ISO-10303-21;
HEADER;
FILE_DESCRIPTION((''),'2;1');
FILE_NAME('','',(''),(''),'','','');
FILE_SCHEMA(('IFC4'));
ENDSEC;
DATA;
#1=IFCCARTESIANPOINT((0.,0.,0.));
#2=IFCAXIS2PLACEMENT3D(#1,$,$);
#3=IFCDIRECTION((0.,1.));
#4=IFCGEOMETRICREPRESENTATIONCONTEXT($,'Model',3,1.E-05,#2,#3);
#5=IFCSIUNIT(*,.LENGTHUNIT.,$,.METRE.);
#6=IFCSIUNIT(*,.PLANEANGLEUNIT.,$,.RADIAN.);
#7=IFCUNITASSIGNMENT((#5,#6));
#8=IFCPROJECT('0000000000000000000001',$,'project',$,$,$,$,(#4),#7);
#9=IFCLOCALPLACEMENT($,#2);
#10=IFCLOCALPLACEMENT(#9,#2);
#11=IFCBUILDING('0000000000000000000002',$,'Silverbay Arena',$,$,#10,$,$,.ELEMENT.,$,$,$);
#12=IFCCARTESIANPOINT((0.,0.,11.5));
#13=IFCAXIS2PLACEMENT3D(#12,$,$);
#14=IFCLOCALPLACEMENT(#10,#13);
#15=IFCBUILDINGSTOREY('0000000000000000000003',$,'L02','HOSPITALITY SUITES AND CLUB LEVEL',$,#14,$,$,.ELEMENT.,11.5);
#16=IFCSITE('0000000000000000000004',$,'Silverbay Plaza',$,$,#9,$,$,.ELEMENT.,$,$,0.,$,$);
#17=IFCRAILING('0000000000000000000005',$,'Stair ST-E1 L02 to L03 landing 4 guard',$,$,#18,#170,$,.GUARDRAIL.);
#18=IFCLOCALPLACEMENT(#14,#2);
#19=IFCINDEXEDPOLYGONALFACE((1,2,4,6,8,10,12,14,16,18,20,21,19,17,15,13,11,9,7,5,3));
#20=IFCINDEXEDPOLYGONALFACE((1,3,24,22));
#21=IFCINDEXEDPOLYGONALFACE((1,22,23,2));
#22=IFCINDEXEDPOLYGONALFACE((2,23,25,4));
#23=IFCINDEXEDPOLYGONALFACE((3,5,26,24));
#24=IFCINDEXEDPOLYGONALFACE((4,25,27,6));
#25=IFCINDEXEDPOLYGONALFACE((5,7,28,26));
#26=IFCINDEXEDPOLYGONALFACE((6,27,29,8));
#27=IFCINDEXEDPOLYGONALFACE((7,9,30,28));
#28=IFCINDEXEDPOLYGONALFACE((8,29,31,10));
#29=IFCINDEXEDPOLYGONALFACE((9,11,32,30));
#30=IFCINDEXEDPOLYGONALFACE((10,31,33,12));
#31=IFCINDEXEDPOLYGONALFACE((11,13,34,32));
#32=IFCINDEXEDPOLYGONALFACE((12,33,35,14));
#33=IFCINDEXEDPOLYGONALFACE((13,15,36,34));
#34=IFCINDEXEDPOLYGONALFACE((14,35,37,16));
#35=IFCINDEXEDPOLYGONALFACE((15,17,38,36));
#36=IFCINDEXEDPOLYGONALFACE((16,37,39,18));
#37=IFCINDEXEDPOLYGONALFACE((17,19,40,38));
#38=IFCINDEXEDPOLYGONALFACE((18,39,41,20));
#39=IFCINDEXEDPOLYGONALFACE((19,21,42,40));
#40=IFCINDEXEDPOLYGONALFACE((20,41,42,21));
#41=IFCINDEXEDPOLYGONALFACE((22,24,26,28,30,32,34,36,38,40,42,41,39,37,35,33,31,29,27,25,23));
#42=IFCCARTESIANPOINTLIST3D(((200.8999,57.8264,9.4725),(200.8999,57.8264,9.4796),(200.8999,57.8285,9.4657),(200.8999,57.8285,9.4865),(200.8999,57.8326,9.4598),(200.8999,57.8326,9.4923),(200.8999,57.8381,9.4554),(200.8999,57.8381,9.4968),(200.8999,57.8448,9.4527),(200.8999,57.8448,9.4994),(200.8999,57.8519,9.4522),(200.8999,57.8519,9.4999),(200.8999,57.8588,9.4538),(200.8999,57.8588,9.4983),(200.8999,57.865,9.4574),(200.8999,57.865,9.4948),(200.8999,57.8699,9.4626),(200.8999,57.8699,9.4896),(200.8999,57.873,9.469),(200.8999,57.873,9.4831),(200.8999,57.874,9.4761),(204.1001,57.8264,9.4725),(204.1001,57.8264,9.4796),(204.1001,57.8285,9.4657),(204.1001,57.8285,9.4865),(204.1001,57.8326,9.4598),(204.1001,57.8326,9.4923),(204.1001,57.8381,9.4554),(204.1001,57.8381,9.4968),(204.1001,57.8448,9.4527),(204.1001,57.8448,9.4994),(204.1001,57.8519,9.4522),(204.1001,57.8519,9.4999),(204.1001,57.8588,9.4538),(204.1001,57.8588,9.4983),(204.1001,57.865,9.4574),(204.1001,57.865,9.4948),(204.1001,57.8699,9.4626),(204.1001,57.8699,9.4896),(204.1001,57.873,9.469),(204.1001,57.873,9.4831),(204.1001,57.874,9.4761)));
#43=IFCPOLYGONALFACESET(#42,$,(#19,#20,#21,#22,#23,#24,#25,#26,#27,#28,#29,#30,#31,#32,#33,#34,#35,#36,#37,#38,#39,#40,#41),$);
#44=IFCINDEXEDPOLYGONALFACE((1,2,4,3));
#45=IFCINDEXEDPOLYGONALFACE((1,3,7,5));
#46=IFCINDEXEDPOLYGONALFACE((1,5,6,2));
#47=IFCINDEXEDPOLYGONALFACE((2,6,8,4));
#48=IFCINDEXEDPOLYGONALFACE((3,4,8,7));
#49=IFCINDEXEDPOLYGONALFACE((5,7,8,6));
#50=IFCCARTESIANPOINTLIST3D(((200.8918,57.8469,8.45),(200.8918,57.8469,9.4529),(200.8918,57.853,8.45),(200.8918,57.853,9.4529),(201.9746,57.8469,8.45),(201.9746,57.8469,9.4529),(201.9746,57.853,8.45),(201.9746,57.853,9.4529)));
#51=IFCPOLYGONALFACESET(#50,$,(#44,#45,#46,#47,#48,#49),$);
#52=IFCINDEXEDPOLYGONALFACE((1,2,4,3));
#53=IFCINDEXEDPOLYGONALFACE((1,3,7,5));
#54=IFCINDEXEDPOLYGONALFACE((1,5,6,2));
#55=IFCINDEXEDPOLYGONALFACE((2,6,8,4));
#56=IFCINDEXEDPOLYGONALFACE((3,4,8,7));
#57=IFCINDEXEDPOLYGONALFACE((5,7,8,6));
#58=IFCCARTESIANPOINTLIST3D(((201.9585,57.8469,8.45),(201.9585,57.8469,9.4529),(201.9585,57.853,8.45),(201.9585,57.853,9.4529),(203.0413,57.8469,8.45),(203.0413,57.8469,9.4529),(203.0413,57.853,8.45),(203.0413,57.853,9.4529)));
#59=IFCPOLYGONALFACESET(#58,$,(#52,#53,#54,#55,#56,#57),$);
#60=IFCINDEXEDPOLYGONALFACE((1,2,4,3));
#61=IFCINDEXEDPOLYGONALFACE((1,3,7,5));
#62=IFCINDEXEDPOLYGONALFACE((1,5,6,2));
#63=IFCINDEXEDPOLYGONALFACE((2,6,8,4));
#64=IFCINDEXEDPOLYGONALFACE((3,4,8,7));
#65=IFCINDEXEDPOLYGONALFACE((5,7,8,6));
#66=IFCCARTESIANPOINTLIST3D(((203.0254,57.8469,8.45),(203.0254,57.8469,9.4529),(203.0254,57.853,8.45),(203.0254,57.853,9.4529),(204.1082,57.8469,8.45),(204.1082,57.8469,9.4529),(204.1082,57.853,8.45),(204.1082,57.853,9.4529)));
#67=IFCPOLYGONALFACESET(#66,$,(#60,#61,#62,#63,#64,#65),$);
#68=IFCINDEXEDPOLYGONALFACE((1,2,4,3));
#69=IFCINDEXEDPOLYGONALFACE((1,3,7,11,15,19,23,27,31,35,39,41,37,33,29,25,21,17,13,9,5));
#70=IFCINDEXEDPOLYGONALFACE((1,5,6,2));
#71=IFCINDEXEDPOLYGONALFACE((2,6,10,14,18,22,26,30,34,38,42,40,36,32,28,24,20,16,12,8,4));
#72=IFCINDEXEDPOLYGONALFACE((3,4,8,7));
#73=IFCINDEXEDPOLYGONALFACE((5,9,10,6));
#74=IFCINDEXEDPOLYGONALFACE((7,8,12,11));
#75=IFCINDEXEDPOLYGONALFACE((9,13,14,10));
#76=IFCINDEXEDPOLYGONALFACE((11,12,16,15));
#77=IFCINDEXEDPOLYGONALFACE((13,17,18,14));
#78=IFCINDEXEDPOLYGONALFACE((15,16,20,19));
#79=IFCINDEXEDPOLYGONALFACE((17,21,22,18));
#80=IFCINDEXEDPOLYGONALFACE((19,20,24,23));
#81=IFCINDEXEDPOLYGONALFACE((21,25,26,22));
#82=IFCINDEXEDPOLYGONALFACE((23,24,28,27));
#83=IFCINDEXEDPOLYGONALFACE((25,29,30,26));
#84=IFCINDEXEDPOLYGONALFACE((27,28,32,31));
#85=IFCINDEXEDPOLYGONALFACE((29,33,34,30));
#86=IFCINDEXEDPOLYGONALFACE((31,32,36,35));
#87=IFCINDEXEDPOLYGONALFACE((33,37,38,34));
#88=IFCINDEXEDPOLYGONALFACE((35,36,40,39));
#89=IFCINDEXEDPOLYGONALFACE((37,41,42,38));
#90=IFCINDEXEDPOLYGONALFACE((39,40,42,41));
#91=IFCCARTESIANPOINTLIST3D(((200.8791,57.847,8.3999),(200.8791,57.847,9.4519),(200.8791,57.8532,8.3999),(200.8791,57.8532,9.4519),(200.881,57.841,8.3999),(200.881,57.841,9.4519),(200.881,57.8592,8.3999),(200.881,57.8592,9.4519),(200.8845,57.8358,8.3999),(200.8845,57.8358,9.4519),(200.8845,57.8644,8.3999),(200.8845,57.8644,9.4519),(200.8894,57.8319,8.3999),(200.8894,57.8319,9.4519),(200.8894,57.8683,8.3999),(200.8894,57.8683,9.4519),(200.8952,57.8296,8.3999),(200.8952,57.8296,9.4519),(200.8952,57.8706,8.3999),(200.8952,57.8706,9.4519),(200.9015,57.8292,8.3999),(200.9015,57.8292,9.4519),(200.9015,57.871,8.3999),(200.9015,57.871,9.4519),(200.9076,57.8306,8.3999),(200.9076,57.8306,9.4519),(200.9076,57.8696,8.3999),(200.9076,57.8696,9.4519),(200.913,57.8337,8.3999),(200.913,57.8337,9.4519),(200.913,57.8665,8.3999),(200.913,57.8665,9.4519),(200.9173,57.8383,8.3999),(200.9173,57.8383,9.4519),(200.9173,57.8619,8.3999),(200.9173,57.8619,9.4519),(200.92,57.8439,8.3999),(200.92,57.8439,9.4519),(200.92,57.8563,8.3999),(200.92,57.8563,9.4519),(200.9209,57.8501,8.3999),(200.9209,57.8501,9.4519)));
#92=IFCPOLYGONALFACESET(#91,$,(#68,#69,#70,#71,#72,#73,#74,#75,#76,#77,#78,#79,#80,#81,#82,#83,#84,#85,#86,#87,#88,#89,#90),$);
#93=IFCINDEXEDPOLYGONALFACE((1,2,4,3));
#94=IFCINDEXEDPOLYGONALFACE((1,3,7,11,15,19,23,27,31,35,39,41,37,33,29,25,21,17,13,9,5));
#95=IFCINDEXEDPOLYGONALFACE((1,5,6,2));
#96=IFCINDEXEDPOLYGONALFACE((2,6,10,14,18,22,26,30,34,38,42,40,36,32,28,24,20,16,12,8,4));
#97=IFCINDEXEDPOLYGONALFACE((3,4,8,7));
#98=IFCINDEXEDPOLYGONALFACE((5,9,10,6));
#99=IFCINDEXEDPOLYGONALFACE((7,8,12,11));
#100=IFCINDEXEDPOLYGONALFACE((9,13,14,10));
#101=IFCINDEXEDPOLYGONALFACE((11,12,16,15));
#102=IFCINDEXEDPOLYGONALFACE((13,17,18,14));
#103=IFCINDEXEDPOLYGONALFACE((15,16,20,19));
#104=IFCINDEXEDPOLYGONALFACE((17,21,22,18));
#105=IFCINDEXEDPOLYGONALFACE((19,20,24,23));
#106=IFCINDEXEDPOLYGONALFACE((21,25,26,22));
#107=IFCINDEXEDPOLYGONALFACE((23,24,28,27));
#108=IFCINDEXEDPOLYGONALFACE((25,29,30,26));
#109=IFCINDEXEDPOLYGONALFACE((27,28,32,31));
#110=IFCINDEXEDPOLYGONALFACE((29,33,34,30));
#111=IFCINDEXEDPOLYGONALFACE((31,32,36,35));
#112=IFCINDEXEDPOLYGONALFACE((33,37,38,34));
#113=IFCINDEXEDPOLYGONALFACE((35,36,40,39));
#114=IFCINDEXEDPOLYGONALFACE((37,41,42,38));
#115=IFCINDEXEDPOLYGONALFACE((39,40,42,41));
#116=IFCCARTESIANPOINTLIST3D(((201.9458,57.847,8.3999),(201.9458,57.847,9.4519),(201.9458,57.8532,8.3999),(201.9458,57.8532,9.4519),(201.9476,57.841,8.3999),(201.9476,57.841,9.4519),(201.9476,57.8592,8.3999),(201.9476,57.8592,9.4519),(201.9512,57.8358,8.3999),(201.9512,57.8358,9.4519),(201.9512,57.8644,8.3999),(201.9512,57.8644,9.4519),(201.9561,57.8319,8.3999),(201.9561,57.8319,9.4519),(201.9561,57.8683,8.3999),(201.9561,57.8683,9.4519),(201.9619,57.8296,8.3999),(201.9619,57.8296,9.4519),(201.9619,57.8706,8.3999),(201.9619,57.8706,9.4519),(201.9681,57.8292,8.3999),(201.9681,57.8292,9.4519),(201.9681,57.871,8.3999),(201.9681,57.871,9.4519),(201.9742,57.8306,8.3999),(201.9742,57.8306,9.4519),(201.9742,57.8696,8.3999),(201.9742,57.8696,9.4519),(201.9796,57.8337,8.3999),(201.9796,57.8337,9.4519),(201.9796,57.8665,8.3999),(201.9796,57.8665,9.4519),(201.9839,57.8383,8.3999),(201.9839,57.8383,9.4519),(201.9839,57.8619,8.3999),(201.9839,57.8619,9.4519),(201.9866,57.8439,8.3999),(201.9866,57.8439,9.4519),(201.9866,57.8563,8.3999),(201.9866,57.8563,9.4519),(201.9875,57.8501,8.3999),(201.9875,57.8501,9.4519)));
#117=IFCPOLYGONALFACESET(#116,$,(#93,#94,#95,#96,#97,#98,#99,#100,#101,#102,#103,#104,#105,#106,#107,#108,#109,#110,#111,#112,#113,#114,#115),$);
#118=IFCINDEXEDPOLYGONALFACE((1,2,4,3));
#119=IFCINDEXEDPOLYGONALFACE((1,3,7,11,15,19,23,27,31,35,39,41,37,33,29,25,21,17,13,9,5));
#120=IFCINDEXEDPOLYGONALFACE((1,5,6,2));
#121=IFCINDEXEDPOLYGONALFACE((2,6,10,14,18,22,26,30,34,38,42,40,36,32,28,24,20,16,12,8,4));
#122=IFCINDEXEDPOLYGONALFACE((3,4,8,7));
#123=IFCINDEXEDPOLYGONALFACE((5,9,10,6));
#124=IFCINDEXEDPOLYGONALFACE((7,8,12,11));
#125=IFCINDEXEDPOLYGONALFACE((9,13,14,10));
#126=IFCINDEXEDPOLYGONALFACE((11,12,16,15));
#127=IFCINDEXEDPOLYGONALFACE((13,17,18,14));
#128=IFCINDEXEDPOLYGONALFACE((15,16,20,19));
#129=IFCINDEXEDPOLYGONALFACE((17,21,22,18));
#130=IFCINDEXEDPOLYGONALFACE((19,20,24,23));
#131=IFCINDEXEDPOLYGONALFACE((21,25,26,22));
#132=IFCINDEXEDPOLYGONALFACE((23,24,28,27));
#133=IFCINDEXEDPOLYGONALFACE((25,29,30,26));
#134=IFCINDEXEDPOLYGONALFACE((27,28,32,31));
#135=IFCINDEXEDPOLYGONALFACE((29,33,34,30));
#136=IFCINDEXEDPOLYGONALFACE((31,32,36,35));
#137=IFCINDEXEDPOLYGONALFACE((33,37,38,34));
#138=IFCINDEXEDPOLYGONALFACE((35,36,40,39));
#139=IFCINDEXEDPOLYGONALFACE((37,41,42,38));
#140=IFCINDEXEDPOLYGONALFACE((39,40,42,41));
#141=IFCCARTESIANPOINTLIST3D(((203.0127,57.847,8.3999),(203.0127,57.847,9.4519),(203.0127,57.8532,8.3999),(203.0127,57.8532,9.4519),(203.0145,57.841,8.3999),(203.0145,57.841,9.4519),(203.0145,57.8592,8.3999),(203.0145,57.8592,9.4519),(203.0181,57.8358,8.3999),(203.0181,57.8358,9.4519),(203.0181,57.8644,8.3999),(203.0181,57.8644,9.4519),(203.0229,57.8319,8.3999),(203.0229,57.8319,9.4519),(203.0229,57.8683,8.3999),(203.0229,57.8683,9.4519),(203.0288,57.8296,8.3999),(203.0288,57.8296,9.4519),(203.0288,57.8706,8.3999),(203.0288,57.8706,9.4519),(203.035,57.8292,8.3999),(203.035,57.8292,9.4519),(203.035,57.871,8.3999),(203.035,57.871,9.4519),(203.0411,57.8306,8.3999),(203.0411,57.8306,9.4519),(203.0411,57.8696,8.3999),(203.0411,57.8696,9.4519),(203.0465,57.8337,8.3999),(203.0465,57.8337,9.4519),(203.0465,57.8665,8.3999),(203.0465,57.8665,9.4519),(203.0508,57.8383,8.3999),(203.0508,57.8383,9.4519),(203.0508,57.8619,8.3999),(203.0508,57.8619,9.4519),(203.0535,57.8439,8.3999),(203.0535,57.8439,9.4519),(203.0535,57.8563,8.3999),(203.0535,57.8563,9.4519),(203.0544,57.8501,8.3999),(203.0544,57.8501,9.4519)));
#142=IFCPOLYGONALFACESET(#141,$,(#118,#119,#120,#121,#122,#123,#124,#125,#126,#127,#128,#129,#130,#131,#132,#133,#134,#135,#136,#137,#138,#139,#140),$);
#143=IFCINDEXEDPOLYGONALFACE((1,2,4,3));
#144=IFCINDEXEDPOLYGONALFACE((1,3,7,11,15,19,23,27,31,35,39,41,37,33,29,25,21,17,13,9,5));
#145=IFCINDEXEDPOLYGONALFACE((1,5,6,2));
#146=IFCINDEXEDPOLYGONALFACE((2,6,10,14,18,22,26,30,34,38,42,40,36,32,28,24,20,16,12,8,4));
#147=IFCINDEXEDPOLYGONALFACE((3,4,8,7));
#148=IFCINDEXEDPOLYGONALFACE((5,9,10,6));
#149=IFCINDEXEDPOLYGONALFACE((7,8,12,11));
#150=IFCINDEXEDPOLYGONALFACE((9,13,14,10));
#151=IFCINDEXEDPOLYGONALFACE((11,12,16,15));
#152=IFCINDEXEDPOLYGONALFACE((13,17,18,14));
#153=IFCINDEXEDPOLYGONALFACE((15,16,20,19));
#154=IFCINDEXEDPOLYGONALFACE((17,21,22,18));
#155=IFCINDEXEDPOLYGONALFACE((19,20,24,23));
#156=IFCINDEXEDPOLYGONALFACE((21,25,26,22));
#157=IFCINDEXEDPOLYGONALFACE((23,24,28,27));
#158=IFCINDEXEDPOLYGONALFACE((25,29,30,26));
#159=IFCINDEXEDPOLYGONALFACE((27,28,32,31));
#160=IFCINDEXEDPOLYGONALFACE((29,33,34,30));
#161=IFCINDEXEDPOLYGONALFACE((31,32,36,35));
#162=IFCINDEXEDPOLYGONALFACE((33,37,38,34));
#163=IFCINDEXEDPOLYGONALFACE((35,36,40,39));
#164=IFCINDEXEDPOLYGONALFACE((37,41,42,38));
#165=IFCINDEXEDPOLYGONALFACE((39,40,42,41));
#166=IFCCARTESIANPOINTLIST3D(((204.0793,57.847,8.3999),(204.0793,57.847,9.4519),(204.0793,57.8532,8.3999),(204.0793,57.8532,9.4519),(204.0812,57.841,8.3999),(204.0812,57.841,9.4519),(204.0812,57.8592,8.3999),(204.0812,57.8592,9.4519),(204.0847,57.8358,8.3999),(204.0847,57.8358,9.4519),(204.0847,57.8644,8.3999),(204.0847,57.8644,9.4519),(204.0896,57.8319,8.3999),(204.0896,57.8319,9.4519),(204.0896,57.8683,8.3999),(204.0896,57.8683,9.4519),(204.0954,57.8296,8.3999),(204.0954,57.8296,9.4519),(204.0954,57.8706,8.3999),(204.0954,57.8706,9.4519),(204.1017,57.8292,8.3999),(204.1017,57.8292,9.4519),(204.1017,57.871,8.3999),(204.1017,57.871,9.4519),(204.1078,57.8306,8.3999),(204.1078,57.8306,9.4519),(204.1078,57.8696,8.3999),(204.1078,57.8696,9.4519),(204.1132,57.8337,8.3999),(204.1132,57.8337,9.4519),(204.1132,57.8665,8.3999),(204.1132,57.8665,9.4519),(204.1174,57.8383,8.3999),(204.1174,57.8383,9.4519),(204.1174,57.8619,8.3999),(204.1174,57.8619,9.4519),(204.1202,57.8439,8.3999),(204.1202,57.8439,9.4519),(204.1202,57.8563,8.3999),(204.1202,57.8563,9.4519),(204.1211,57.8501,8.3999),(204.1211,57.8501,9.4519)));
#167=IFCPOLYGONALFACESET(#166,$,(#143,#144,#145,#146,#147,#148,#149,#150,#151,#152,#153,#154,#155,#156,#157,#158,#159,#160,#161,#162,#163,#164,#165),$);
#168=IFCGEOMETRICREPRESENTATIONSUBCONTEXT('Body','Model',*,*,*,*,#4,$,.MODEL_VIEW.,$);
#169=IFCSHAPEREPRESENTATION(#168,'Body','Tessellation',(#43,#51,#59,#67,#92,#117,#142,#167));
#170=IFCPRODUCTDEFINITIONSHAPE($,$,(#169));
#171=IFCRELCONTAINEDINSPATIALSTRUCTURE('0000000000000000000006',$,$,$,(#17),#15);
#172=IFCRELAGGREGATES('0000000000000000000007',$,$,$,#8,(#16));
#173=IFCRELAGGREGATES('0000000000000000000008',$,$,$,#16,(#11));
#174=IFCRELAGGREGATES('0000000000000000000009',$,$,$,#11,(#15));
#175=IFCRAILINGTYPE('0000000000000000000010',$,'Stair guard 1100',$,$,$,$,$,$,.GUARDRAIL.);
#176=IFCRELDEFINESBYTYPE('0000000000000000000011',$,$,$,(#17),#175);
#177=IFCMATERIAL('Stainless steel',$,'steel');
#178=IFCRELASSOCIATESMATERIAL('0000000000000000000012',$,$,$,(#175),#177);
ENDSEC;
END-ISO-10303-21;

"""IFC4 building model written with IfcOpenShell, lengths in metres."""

from ifc_helpers import new_model, si_unit, direction, frame, origin, origin_2d, place, context, subcontext, project, spatial, polyline, circle, outline, extrude, material, type_object, element, save


model = new_model("IFC4")

# Units and contexts
model_context = context("Model", 3, precision=1e-05, world=origin(), true_north=direction((0.0, 1.0)))
body_context = subcontext(model_context, "Body", "Model", "MODEL_VIEW")
ifc_project = project(units=[si_unit("LENGTHUNIT", "METRE"), si_unit("PLANEANGLEUNIT", "RADIAN")], contexts=[model_context])

# Site, building, storey
site_placement = place(None, origin())
site = spatial("IfcSite", under=ifc_project, at=site_placement, Name="Silverbay Plaza", CompositionType="ELEMENT", RefElevation=0.0)
building_placement = place(site_placement, origin())
building = spatial("IfcBuilding", under=site, at=building_placement, Name="Silverbay Arena", CompositionType="ELEMENT")
storey_placement = place(building_placement, frame((0.0, 0.0, 11.5)))
storey = spatial("IfcBuildingStorey", under=building, at=storey_placement, Name="L02", Description="HOSPITALITY SUITES AND CLUB LEVEL", CompositionType="ELEMENT", Elevation=11.5)

# Railing
ifc_material_1 = material(Name="Stainless steel", Category="steel")
railing_type_1 = type_object("IfcRailingType", Name="Stair guard 1100", PredefinedType="GUARDRAIL", material=ifc_material_1)
for number, where, name in (
    (1, (200.8999, 57.8501, 8.3999), "Stair ST-E1 L02 to L03 landing 4 guard"),
):
    element("IfcRailing", number, at=place(storey_placement, frame(where)), inside=storey, type_object=railing_type_1, Name=name, PredefinedType="GUARDRAIL", context=body_context, shape_type="SweptSolid", body=[
        extrude(circle(Radius=0.0239, at=origin_2d()), frame((0.0, 0.0, 1.0762), z_axis=(1.0, 0.0, 0.0), x_axis=(0.0, 1.0, 0.0)), (0.0, 0.0, 1.0), 3.2002),
        extrude(outline(polyline([(-0.0081, 0.05), (1.0747, 0.05), (1.0747, 1.053), (-0.0081, 1.053), (-0.0081, 0.05)])), frame((0.0, 0.0029, 0.0), z_axis=(0.0, -1.0, 0.0), x_axis=(1.0, 0.0, 0.0)), (0.0, 0.0, 1.0), 0.0061),
        extrude(outline(polyline([(-0.0081, 0.05), (1.0747, 0.05), (1.0747, 1.053), (-0.0081, 1.053), (-0.0081, 0.05)])), frame((1.0667, 0.0029, 0.0), z_axis=(0.0, -1.0, 0.0), x_axis=(1.0, 0.0, 0.0)), (0.0, 0.0, 1.0), 0.0061),
        extrude(outline(polyline([(-0.0081, 0.05), (1.0747, 0.05), (1.0747, 1.053), (-0.0081, 1.053), (-0.0081, 0.05)])), frame((2.1335, 0.0029, 0.0), z_axis=(0.0, -1.0, 0.0), x_axis=(1.0, 0.0, 0.0)), (0.0, 0.0, 1.0), 0.0061),
        extrude(circle(Radius=0.021, at=origin_2d()), origin(), (0.0, 0.0, 1.0), 1.052),
        extrude(circle(Radius=0.021, at=origin_2d()), frame((1.0667, 0.0, 0.0)), (0.0, 0.0, 1.0), 1.052),
        extrude(circle(Radius=0.021, at=origin_2d()), frame((2.1335, 0.0, 0.0)), (0.0, 0.0, 1.0), 1.052),
        extrude(circle(Radius=0.021, at=origin_2d()), frame((3.2002, 0.0, 0.0)), (0.0, 0.0, 1.0), 1.052),
    ])

save(model, "model.ifc")
